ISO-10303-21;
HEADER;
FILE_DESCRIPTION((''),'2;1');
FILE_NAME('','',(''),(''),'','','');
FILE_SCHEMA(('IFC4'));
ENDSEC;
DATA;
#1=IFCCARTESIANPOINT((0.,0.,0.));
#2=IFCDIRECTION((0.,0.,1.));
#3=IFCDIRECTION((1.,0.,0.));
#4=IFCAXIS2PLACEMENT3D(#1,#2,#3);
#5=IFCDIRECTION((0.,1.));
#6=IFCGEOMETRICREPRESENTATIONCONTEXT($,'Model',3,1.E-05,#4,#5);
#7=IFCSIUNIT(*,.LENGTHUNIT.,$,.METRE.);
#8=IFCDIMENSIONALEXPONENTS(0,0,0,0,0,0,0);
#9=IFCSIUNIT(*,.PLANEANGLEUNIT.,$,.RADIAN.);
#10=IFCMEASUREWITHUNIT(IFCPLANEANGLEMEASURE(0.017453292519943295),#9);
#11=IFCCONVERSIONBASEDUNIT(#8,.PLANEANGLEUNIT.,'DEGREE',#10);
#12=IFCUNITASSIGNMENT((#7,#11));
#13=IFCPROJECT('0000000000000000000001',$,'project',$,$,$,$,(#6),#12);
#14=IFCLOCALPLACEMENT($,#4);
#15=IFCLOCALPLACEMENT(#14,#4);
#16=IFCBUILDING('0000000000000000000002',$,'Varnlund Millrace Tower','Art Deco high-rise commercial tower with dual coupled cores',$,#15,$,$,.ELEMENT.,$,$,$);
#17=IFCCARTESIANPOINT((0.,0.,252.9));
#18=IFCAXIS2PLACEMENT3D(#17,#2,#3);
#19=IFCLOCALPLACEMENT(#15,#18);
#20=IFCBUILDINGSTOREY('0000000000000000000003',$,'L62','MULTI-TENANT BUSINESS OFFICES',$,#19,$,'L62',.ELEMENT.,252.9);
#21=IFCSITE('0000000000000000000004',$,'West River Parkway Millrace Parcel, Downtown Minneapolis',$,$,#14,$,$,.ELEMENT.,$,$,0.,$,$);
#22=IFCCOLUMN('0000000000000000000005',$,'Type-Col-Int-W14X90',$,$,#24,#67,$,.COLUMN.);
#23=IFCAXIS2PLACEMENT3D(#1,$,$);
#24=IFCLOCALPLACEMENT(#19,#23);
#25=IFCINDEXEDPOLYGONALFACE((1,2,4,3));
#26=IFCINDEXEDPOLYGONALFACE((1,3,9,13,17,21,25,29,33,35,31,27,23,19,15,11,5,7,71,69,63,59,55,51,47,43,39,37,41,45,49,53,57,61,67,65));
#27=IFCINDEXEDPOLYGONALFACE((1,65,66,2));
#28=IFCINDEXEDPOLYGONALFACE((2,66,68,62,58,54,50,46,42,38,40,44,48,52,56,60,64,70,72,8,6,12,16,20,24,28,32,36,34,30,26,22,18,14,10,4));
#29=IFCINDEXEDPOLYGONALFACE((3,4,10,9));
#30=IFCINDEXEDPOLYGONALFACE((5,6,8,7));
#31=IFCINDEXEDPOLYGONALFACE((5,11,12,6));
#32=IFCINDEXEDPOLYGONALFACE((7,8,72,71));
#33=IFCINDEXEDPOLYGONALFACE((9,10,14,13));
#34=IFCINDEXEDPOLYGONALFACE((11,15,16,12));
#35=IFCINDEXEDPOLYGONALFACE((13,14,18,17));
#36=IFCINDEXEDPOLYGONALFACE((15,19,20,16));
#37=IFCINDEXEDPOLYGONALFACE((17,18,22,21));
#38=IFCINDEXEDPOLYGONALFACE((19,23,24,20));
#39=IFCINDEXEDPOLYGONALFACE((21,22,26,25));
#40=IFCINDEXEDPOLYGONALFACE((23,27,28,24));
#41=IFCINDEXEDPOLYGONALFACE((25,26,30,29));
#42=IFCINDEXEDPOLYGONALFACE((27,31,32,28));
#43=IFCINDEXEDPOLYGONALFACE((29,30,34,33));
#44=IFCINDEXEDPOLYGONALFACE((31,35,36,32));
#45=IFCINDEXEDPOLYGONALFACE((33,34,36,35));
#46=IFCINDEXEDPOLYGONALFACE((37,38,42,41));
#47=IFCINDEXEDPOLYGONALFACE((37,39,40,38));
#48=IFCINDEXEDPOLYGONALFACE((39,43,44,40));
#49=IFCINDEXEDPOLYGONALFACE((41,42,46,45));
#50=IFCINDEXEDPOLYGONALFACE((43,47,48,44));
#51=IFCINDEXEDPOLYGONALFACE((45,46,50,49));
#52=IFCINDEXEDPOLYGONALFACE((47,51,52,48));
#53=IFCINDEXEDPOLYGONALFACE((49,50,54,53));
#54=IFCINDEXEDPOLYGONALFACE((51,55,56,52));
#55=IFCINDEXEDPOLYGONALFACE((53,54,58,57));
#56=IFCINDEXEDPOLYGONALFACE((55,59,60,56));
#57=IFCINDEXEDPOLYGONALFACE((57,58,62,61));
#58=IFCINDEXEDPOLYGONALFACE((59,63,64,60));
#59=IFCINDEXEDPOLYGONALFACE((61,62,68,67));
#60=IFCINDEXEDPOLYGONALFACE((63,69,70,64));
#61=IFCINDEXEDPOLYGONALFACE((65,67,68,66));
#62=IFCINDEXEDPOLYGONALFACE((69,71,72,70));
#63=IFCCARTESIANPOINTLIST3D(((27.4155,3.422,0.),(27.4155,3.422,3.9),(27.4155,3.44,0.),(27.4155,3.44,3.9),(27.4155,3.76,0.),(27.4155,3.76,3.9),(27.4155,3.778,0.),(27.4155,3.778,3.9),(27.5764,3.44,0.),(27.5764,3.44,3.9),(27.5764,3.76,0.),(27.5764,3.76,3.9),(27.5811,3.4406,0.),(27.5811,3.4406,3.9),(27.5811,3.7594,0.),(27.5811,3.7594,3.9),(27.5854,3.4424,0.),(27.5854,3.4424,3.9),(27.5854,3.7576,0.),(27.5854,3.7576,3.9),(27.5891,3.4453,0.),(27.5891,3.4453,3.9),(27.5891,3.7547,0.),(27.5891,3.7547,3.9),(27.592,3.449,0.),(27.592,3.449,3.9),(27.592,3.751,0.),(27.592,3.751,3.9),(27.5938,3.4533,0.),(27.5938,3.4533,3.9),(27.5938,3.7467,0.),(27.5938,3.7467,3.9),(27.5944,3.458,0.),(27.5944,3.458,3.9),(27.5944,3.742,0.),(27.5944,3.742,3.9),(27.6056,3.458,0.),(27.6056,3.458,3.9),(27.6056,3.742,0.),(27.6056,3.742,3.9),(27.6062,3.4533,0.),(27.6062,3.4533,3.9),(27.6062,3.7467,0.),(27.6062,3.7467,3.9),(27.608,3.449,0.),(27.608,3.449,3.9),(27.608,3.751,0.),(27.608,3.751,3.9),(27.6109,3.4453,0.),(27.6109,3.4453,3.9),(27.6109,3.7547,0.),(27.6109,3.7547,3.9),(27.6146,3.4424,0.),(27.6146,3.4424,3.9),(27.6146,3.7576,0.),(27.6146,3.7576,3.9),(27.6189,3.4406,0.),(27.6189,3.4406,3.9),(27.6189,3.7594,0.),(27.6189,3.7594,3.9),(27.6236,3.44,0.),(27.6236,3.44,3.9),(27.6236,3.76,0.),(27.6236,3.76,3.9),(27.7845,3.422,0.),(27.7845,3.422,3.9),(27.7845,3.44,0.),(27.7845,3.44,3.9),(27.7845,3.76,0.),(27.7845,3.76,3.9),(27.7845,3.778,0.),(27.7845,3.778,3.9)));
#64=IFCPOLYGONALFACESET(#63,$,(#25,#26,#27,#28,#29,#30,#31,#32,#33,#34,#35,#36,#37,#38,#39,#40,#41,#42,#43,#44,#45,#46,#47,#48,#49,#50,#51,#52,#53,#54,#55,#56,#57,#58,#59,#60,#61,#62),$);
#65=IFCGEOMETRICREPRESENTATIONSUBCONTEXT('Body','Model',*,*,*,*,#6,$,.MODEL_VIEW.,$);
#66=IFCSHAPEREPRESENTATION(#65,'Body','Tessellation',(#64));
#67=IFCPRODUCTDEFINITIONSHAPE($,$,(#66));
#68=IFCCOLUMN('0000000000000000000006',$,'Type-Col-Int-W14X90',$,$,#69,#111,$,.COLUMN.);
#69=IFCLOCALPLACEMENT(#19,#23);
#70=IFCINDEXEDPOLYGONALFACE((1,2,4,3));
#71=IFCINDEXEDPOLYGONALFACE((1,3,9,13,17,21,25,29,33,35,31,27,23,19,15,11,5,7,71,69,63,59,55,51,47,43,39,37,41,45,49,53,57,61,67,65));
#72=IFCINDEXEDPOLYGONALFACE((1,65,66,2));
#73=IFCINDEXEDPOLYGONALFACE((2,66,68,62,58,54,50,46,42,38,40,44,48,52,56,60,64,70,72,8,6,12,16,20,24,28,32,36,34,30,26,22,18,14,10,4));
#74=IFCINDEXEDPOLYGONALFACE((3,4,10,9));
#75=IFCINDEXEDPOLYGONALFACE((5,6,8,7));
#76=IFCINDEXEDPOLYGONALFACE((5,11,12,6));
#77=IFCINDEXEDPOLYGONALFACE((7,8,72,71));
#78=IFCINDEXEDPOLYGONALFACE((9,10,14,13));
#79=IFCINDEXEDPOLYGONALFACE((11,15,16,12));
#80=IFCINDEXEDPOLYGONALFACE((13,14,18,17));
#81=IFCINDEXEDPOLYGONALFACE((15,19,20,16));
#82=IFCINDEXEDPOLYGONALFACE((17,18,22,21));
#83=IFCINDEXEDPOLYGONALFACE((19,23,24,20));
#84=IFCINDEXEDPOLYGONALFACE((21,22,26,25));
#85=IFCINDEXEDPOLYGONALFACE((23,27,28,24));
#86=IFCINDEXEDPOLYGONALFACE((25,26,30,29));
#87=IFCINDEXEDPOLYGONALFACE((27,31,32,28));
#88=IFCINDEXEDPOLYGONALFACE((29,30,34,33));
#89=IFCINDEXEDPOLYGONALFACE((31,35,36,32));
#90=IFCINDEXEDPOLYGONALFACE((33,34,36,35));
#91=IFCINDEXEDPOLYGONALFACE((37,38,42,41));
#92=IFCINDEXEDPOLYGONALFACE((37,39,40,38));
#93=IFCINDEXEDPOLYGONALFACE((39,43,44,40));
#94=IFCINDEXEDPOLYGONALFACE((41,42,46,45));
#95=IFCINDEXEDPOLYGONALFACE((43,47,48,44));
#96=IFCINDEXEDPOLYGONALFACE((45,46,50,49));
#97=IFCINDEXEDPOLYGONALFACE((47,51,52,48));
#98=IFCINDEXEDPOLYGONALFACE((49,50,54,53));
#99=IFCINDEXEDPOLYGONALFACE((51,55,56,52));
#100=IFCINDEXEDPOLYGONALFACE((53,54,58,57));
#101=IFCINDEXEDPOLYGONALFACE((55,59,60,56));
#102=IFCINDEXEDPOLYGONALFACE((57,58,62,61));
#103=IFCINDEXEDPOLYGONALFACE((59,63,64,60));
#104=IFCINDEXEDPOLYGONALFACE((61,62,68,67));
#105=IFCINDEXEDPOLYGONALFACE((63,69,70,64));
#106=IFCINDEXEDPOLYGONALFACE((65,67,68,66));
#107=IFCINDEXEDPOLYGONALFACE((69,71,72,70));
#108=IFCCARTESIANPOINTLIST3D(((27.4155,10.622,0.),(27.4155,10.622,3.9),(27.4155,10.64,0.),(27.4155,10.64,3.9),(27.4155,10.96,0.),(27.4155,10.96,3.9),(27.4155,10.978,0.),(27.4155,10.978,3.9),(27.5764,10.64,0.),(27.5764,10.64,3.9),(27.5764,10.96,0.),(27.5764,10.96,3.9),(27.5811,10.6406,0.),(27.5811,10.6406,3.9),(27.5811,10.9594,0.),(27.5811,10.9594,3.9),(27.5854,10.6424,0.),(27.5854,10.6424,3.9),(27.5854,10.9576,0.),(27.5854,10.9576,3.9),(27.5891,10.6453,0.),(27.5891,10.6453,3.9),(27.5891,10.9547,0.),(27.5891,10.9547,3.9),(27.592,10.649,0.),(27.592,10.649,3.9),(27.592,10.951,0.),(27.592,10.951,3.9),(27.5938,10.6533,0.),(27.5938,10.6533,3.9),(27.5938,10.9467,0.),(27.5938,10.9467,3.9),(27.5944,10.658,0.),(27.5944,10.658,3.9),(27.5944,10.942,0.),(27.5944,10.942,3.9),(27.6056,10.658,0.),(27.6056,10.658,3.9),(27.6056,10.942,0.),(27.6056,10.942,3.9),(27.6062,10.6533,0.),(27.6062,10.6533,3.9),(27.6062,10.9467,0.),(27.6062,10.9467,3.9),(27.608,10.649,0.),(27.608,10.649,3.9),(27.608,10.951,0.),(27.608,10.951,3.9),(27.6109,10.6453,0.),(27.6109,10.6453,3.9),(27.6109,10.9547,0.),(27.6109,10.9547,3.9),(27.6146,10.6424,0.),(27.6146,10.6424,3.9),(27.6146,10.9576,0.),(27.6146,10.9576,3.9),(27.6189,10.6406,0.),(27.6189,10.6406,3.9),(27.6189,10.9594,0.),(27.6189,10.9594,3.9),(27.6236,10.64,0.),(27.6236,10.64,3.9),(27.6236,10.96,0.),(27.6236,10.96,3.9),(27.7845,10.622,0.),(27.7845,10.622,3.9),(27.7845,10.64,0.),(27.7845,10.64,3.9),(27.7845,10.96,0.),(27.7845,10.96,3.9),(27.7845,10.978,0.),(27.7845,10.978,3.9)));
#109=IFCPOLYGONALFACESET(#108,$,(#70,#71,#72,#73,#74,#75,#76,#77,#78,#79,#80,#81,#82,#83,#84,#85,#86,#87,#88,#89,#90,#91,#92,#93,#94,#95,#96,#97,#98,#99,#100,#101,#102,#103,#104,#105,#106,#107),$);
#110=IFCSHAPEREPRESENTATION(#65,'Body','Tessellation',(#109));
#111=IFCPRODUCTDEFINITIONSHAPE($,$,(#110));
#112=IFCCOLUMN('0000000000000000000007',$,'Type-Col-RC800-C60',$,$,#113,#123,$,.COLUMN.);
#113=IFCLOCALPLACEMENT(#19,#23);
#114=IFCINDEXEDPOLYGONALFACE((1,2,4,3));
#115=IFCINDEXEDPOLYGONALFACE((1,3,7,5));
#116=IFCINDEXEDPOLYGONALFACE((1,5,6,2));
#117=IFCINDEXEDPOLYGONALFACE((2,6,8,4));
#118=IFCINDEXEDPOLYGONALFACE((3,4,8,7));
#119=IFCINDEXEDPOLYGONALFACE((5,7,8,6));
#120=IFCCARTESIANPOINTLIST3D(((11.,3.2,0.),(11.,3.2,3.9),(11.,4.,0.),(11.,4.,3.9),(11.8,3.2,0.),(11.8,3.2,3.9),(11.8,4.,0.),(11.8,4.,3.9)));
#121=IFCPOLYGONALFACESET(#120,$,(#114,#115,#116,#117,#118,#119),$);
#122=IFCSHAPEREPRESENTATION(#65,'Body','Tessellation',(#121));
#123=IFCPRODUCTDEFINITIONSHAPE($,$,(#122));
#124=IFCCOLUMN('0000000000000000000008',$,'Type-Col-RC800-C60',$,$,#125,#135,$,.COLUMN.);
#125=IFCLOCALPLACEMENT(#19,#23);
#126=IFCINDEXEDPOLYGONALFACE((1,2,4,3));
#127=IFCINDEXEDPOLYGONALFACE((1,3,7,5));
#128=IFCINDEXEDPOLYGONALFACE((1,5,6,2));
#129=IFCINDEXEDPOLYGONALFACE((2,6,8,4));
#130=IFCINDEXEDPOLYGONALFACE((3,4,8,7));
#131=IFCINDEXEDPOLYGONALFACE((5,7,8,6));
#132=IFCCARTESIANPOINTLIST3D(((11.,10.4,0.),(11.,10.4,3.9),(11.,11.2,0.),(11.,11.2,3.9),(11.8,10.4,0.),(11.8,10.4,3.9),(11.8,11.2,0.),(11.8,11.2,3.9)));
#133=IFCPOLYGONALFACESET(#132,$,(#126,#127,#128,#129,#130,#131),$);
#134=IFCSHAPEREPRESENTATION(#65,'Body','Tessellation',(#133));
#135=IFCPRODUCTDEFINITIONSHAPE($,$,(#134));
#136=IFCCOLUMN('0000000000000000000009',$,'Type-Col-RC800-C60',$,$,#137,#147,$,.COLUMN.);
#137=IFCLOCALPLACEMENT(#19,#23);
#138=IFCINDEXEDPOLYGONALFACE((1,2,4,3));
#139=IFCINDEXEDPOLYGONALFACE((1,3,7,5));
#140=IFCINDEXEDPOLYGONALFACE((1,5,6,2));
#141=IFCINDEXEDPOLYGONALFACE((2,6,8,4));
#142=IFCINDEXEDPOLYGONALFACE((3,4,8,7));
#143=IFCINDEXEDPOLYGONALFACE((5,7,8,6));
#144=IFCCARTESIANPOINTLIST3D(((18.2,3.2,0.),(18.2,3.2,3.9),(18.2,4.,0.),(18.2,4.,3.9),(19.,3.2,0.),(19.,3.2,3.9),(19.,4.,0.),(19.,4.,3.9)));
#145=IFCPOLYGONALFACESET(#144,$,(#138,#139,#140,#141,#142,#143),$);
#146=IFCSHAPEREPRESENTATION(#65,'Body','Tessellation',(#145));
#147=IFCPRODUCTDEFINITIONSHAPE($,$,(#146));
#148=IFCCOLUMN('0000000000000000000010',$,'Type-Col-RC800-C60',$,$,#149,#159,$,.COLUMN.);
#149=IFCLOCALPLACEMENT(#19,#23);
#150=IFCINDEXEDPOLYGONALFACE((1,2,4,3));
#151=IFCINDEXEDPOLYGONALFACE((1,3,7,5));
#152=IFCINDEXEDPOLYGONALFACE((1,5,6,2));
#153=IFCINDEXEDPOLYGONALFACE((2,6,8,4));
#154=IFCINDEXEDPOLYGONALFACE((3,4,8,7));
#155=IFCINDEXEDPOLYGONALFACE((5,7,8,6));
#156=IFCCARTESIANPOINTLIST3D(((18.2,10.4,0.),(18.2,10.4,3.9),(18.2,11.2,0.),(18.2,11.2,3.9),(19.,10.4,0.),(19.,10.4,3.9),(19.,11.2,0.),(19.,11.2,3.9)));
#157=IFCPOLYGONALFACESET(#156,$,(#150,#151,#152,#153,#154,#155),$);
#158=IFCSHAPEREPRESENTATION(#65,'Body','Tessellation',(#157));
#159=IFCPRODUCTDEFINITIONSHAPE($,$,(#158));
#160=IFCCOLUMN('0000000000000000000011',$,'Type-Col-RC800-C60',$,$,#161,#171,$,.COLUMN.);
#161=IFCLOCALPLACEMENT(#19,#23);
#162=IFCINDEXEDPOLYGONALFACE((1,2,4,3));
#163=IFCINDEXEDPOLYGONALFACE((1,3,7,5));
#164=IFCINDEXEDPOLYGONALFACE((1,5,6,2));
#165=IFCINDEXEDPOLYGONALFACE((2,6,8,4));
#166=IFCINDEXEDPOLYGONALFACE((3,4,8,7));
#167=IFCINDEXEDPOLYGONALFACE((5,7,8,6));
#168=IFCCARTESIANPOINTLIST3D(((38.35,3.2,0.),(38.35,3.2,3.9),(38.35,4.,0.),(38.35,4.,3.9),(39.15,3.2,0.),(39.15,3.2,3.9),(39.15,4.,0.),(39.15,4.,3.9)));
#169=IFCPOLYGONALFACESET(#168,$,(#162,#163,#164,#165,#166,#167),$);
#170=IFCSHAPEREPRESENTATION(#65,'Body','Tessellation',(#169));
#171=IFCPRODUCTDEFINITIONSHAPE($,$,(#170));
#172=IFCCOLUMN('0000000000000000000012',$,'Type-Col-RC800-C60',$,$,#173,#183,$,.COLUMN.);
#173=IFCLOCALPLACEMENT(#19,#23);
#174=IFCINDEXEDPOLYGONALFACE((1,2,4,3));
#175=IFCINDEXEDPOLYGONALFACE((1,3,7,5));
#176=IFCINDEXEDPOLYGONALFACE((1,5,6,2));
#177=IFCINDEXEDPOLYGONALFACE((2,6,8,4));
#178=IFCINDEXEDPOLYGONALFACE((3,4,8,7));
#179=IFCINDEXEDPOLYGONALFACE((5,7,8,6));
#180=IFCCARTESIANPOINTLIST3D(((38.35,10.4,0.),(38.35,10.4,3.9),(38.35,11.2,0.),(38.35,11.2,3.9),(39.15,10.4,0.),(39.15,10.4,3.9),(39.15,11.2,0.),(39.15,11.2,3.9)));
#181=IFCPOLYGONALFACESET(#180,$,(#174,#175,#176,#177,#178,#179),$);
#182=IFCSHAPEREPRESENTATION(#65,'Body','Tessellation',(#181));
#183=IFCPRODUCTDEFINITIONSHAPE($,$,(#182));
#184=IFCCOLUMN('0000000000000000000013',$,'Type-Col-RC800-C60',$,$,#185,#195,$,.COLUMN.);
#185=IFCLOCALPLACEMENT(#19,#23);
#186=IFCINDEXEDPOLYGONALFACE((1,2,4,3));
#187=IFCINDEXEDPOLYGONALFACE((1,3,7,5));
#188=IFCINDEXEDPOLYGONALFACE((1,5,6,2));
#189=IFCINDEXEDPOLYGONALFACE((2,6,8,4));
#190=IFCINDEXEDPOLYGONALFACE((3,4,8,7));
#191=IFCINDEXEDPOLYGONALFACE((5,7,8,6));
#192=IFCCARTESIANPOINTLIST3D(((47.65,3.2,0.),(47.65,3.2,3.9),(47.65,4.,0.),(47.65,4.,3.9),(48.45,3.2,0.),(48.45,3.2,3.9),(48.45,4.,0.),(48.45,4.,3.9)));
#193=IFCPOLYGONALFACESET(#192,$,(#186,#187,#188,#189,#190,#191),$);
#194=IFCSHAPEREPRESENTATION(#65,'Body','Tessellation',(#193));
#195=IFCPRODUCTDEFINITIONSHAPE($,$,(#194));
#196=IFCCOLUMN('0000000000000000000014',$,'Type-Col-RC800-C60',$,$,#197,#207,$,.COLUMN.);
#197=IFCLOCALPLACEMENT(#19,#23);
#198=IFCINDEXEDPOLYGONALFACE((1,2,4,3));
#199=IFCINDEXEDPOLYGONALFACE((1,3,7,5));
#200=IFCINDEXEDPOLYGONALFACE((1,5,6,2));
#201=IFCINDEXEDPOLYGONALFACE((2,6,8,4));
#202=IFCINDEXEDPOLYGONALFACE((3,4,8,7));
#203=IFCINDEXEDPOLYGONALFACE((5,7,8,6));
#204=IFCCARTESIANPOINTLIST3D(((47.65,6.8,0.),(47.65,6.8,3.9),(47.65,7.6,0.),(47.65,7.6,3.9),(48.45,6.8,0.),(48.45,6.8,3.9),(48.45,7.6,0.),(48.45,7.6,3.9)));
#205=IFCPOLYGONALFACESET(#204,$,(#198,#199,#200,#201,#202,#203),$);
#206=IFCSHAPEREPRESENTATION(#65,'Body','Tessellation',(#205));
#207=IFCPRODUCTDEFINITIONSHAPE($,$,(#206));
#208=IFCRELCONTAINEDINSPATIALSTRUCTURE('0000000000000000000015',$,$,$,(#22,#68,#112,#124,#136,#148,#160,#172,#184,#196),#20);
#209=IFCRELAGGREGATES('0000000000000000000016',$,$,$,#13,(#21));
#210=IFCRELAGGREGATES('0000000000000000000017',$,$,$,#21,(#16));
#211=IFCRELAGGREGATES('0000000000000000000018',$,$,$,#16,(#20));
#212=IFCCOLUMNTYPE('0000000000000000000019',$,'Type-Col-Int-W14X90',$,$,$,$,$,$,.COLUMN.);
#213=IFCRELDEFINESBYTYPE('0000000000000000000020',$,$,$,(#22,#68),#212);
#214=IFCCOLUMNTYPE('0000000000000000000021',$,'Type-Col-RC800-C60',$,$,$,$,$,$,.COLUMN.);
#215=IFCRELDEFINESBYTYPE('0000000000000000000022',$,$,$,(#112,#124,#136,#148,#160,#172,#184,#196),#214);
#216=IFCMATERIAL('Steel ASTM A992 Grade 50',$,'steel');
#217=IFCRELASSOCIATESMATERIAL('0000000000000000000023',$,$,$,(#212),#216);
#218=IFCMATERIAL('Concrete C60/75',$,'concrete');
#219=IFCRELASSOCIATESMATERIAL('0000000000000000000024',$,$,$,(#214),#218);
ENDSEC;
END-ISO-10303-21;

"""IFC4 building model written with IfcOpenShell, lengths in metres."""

from ifc_helpers import new_model, entity, si_unit, converted_unit, direction, frame, origin_with_axes, origin_2d_with_axis, place, context, subcontext, project, spatial, rectangle, i_section, extrude, material, material_profile, profile_set, type_object, element, save


model = new_model("IFC4")

# Units and contexts
model_context = context("Model", 3, precision=1e-05, world=origin_with_axes(), true_north=direction((0.0, 1.0)))
body_context = subcontext(model_context, "Body", "Model", "MODEL_VIEW")
ifc_project = project(units=[si_unit("LENGTHUNIT", "METRE"), converted_unit("PLANEANGLEUNIT", "DEGREE", entity("IfcPlaneAngleMeasure", 0.017453292519943295), si_unit("PLANEANGLEUNIT", "RADIAN"), dimensions=[0, 0, 0, 0, 0, 0, 0])], contexts=[model_context])

# Site, building, storey
site_placement = place(None, origin_with_axes())
site = spatial("IfcSite", under=ifc_project, at=site_placement, Name="West River Parkway Millrace Parcel, Downtown Minneapolis", CompositionType="ELEMENT", RefElevation=0.0)
building_placement = place(site_placement, origin_with_axes())
building = spatial("IfcBuilding", under=site, at=building_placement, Name="Varnlund Millrace Tower", Description="Art Deco high-rise commercial tower with dual coupled cores", CompositionType="ELEMENT")
storey_placement = place(building_placement, frame((0.0, 0.0, 252.9), z_axis=(0.0, 0.0, 1.0), x_axis=(1.0, 0.0, 0.0)))
storey = spatial("IfcBuildingStorey", under=building, at=storey_placement, Name="L62", Description="MULTI-TENANT BUSINESS OFFICES", LongName="L62", CompositionType="ELEMENT", Elevation=252.9)

# Columns
ifc_material_1 = material(Name="Steel ASTM A992 Grade 50", Category="steel")
ifc_material_profile_1 = material_profile(ifc_material_1, i_section(OverallWidth=0.369, OverallDepth=0.356, WebThickness=0.0112, FlangeThickness=0.018, FilletRadius=0.018, at=origin_2d_with_axis()), Name="Steel ASTM A992 Grade 50")
ifc_profile_set_1 = profile_set([ifc_material_profile_1], Name="Steel ASTM A992 Grade 50")
column_type_1 = type_object("IfcColumnType", Name="Type-Col-Int-W14X90", PredefinedType="COLUMN", material=ifc_profile_set_1)
for number, where, z_axis, x_axis, name in (
    (1, (27.6, 3.6, 0.0), (0.0, 0.0, 1.0), (1.0, 0.0, 0.0), "Type-Col-Int-W14X90"),
    (2, (27.6, 10.8, 0.0), (0.0, 0.0, 1.0), (1.0, 0.0, 0.0), "Type-Col-Int-W14X90"),
):
    element("IfcColumn", number, at=place(storey_placement, frame(where, z_axis=z_axis, x_axis=x_axis)), inside=storey, type_object=column_type_1, Name=name, PredefinedType="COLUMN", context=body_context, shape_type="SweptSolid", body=[
        extrude(i_section(OverallWidth=0.369, OverallDepth=0.356, WebThickness=0.0112, FlangeThickness=0.018, FilletRadius=0.018, at=origin_2d_with_axis()), origin_with_axes(), (0.0, 0.0, 1.0), 3.9),
    ])
ifc_material_2 = material(Name="Concrete C60/75", Category="concrete")
ifc_material_profile_2 = material_profile(ifc_material_2, rectangle(XDim=0.8, YDim=0.8, at=origin_2d_with_axis()), Name="Concrete C60/75")
ifc_profile_set_2 = profile_set([ifc_material_profile_2], Name="Concrete C60/75")
column_type_2 = type_object("IfcColumnType", Name="Type-Col-RC800-C60", PredefinedType="COLUMN", material=ifc_profile_set_2)
for number, where, z_axis, x_axis, name in (
    (3, (11.4, 3.6, 0.0), (0.0, 0.0, 1.0), (1.0, 0.0, 0.0), "Type-Col-RC800-C60"),
    (4, (11.4, 10.8, 0.0), (0.0, 0.0, 1.0), (1.0, 0.0, 0.0), "Type-Col-RC800-C60"),
    (5, (18.6, 3.6, 0.0), (0.0, 0.0, 1.0), (1.0, 0.0, 0.0), "Type-Col-RC800-C60"),
    (6, (18.6, 10.8, 0.0), (0.0, 0.0, 1.0), (1.0, 0.0, 0.0), "Type-Col-RC800-C60"),
    (7, (38.75, 3.6, 0.0), (0.0, 0.0, 1.0), (1.0, 0.0, 0.0), "Type-Col-RC800-C60"),
    (8, (38.75, 10.8, 0.0), (0.0, 0.0, 1.0), (1.0, 0.0, 0.0), "Type-Col-RC800-C60"),
    (9, (48.05, 3.6, 0.0), (0.0, 0.0, 1.0), (1.0, 0.0, 0.0), "Type-Col-RC800-C60"),
    (10, (48.05, 7.2, 0.0), (0.0, 0.0, 1.0), (1.0, 0.0, 0.0), "Type-Col-RC800-C60"),
):
    element("IfcColumn", number, at=place(storey_placement, frame(where, z_axis=z_axis, x_axis=x_axis)), inside=storey, type_object=column_type_2, Name=name, PredefinedType="COLUMN", context=body_context, shape_type="SweptSolid", body=[
        extrude(rectangle(XDim=0.8, YDim=0.8, at=origin_2d_with_axis()), origin_with_axes(), (0.0, 0.0, 1.0), 3.9),
    ])

save(model, "model.ifc")
